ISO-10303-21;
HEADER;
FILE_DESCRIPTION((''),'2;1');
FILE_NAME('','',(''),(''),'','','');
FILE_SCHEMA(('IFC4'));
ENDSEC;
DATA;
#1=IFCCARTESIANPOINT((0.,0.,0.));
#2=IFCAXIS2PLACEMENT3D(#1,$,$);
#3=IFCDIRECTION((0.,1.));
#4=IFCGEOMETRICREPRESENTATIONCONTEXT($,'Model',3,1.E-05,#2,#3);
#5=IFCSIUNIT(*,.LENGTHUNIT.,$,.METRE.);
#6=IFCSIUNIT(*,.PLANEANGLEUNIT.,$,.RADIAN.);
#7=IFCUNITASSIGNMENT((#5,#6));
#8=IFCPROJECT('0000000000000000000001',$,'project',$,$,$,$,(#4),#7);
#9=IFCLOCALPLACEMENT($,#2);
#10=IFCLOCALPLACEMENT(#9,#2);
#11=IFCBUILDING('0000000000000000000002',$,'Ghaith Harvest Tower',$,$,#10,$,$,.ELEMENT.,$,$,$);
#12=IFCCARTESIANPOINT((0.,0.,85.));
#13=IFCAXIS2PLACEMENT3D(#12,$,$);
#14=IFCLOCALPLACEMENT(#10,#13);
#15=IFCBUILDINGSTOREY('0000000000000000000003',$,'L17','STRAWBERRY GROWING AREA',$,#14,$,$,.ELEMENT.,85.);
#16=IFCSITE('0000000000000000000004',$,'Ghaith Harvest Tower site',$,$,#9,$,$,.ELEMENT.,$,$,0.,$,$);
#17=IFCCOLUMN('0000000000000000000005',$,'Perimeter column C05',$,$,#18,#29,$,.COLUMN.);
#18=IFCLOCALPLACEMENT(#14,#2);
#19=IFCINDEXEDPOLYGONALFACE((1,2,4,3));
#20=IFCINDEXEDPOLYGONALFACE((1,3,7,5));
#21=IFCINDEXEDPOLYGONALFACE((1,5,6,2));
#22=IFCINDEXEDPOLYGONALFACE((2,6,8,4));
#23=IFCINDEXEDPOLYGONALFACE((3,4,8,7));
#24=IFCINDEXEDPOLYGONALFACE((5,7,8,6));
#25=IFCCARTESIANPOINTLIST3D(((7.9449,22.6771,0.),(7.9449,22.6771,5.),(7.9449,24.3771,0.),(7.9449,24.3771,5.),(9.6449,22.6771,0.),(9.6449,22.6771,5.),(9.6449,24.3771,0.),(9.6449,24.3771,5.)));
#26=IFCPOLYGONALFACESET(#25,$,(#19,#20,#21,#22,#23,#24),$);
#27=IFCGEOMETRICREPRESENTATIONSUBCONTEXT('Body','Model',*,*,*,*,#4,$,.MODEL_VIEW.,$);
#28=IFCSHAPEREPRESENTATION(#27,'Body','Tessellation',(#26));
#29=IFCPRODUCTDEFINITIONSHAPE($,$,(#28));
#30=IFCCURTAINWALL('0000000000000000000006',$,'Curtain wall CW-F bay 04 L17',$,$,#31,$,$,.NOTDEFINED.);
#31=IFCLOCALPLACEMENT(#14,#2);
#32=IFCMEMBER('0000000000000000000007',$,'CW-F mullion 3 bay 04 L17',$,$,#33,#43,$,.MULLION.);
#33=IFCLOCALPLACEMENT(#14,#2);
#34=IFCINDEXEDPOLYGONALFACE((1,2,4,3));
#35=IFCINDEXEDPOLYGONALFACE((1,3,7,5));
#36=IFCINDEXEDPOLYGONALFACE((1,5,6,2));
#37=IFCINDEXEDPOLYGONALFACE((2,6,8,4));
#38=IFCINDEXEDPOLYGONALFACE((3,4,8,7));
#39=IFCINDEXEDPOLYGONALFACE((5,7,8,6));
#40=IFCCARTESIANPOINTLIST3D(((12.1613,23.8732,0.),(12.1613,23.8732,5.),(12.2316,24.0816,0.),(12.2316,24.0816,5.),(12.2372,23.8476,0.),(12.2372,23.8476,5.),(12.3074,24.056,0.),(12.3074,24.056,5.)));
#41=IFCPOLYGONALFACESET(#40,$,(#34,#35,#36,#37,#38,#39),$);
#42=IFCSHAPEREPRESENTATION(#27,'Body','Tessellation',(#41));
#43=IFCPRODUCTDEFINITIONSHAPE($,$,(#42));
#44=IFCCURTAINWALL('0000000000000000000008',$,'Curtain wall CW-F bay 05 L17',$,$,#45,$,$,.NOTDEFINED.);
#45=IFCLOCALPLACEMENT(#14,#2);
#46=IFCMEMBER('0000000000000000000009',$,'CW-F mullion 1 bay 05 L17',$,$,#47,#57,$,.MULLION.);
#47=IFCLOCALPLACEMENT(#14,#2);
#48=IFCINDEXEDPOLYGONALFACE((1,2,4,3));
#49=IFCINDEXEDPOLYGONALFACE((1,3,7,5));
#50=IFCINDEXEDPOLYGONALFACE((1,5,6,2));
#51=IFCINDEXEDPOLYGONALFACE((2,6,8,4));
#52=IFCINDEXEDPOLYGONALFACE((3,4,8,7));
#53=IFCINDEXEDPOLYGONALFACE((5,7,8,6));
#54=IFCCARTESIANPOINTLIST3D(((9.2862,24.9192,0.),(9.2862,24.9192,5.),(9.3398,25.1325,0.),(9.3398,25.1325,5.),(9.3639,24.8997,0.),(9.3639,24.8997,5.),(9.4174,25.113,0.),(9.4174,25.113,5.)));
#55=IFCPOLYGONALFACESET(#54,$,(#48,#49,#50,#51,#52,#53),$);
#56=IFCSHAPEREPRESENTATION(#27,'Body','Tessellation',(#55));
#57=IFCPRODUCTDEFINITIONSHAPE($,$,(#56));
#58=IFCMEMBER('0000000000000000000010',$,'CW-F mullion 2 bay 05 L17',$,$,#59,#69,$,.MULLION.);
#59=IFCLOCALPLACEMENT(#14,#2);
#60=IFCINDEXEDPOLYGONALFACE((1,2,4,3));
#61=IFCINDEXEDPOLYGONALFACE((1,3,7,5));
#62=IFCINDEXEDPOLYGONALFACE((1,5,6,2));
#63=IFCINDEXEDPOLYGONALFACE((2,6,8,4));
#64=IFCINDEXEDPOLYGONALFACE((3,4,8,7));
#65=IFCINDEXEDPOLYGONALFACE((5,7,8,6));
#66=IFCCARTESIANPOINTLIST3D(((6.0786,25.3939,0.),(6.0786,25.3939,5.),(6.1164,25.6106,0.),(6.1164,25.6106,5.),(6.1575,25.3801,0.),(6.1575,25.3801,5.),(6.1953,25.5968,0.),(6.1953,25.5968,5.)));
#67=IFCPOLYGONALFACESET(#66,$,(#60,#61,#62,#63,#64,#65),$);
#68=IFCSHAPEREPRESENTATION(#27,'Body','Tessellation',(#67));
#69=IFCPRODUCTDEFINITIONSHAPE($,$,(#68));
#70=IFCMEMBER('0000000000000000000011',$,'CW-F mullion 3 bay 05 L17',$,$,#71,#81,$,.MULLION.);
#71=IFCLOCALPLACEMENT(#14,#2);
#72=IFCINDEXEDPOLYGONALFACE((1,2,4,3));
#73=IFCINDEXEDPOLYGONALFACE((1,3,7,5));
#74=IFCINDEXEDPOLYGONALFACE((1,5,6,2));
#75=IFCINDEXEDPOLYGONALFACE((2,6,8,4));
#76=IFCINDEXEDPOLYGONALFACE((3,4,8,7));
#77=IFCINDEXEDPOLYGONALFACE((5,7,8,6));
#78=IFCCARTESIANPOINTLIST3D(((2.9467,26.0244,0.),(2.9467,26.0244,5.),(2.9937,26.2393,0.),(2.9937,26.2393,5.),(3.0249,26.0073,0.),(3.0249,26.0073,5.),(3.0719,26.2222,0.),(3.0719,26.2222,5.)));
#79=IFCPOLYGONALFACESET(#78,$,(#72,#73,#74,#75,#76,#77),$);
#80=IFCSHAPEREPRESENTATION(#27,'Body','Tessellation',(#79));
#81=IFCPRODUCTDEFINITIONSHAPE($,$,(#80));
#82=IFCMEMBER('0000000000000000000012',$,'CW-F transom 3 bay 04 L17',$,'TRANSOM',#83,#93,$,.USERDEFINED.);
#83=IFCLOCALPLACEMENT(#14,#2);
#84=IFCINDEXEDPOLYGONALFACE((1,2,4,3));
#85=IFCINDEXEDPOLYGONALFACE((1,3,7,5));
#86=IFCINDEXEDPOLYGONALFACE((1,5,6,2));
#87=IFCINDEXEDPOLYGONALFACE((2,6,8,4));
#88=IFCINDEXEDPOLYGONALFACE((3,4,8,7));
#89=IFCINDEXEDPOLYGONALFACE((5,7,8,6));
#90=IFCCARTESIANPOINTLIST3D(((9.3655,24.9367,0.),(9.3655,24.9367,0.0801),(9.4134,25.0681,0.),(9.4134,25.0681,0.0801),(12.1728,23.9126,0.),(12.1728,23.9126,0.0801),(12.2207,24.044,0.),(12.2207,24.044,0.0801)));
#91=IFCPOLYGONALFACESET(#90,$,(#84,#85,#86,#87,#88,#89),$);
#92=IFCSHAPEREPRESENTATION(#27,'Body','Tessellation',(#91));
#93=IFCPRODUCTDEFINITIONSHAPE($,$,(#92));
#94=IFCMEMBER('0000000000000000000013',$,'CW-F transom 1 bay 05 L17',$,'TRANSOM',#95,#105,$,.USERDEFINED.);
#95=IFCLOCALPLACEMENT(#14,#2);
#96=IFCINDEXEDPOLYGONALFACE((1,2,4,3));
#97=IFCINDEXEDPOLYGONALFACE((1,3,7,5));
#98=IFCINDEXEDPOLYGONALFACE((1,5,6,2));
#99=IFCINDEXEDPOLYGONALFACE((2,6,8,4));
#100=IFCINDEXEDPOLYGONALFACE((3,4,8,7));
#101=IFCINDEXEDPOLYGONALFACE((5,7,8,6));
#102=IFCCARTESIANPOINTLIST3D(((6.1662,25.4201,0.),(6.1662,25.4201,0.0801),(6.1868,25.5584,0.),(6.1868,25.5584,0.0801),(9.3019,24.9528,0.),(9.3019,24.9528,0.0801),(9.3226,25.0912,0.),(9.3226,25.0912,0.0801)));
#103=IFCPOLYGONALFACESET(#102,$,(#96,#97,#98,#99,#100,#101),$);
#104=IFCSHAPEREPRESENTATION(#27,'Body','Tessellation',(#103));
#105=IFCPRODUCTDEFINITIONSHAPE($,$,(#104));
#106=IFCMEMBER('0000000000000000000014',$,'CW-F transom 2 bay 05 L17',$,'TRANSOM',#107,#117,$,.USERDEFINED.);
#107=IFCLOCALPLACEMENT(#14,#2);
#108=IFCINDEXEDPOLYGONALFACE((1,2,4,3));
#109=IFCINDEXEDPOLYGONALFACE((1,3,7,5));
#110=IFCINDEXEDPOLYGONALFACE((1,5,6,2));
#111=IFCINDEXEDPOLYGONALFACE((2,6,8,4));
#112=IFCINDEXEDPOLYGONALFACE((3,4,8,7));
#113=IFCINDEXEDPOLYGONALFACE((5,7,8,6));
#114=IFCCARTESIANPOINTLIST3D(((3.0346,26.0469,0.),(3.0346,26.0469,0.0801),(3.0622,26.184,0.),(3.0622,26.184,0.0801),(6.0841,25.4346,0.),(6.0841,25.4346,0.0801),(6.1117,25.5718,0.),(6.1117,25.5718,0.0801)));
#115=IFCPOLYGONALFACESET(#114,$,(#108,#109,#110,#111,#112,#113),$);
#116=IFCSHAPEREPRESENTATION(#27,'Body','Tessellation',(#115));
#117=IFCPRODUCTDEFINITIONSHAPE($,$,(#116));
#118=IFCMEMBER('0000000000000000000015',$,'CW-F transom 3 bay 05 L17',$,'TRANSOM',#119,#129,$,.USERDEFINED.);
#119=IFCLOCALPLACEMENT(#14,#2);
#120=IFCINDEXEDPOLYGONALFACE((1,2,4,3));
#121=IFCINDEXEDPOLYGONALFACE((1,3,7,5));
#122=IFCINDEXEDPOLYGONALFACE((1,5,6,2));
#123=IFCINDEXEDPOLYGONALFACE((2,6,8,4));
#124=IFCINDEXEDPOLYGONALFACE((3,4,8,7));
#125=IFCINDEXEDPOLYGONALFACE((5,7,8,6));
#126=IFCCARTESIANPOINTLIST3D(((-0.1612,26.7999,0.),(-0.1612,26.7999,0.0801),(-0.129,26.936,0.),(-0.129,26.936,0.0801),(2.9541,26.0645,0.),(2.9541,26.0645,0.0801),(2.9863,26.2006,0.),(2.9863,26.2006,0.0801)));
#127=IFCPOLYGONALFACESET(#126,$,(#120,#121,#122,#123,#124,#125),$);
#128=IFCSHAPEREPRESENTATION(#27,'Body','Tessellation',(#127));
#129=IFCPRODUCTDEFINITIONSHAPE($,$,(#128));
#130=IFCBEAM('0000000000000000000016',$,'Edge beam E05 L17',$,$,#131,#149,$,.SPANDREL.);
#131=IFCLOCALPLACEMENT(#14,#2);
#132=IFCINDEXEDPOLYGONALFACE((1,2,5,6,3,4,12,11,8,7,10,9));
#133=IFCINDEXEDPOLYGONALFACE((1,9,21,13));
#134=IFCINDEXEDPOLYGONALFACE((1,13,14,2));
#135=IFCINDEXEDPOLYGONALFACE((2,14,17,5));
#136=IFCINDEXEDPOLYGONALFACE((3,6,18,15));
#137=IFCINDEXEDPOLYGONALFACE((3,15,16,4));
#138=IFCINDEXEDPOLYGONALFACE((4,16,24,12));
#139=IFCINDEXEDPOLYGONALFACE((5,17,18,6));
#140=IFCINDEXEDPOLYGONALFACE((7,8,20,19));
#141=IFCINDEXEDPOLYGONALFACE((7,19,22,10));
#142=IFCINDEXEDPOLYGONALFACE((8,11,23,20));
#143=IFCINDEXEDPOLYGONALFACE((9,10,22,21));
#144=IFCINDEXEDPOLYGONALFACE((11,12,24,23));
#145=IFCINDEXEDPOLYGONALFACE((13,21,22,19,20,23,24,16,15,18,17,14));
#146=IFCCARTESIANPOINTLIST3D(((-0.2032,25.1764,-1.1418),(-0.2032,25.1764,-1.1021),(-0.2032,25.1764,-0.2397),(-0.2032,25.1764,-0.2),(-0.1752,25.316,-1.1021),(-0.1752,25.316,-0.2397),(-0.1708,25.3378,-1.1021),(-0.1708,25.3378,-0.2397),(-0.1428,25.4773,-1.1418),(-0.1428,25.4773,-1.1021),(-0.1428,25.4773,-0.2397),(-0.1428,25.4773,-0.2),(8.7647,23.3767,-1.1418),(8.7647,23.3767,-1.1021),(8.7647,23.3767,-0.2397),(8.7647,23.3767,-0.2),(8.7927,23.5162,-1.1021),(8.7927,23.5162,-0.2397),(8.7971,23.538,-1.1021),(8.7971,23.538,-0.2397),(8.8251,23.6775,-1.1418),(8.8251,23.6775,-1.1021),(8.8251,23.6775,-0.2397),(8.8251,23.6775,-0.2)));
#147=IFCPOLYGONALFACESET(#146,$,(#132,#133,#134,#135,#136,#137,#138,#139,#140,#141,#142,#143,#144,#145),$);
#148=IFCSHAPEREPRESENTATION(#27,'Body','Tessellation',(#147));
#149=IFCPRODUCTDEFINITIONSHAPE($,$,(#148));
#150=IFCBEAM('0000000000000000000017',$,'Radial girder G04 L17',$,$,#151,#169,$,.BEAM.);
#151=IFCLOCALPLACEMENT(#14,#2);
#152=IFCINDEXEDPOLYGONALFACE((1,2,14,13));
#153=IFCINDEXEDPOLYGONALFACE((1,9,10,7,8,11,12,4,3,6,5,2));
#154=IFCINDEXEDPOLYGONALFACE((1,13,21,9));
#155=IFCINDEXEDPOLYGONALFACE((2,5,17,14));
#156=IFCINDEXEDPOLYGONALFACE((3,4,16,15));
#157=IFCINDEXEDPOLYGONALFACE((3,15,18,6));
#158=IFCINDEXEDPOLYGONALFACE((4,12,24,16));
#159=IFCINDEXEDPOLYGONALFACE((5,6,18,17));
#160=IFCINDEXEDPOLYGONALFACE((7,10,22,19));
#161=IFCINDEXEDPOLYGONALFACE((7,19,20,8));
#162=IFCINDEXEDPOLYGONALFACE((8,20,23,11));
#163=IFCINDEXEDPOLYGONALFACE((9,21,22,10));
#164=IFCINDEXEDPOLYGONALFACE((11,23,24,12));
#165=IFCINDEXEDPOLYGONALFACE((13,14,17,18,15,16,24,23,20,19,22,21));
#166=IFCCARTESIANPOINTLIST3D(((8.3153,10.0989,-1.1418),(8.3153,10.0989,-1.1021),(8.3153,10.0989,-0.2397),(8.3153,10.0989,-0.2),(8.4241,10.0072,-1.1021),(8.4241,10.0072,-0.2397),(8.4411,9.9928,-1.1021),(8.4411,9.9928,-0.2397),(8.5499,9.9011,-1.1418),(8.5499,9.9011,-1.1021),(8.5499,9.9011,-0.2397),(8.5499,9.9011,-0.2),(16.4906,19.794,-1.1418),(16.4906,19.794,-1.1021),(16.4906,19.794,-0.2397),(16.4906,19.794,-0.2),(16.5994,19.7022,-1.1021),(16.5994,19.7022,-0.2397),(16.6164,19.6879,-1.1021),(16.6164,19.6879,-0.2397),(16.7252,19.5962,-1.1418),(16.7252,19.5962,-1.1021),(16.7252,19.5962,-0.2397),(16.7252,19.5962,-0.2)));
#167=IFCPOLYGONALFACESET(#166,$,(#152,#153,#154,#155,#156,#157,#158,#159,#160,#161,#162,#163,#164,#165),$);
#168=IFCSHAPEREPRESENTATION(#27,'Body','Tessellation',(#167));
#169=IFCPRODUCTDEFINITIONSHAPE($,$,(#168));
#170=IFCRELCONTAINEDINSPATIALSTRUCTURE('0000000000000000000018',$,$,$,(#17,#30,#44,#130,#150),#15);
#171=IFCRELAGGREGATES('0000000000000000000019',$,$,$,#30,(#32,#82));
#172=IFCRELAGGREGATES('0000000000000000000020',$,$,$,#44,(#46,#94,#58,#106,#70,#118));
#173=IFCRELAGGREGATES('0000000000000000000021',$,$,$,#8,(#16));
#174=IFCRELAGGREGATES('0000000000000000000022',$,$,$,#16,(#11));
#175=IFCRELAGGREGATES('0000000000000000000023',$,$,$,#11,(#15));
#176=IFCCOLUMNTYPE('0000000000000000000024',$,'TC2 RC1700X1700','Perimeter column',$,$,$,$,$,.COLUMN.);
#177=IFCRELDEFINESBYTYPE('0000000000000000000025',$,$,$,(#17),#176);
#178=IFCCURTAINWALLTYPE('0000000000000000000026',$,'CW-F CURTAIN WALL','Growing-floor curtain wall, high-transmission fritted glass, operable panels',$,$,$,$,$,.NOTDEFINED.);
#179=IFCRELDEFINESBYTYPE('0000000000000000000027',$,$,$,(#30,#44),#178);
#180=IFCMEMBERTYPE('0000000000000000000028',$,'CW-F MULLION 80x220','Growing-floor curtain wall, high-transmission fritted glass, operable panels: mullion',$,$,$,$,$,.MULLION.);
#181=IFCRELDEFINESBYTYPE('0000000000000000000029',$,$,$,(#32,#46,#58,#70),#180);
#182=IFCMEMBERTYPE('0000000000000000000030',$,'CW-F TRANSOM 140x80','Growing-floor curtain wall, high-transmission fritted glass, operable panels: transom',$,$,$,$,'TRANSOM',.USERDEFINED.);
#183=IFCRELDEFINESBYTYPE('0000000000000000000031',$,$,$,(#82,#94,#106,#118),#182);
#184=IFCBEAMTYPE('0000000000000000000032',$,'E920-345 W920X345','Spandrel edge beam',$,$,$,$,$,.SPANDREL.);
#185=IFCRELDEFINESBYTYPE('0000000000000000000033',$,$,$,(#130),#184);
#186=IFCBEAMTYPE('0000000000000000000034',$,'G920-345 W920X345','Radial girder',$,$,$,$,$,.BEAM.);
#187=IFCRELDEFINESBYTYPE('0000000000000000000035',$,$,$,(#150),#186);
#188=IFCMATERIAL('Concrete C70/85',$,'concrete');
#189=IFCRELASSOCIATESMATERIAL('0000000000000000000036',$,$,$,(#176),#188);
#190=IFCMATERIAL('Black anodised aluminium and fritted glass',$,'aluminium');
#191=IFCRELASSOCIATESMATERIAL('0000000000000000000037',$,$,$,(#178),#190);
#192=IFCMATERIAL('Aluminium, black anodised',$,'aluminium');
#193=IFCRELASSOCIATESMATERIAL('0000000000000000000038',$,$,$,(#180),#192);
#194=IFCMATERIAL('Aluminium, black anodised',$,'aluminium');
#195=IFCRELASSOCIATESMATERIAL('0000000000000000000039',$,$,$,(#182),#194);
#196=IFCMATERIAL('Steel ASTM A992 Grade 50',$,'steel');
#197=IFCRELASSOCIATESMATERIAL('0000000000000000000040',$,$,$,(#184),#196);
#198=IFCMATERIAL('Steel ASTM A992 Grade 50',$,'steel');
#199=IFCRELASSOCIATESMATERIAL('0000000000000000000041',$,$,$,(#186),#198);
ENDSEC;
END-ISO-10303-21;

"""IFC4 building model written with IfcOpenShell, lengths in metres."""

from ifc_helpers import new_model, si_unit, direction, frame, origin, origin_2d, place, context, subcontext, project, spatial, rectangle, i_section, extrude, material, material_profile, profile_set, type_object, element, aggregate, save


model = new_model("IFC4")

# Units and contexts
model_context = context("Model", 3, precision=1e-05, world=origin(), true_north=direction((0.0, 1.0)))
body_context = subcontext(model_context, "Body", "Model", "MODEL_VIEW")
ifc_project = project(units=[si_unit("LENGTHUNIT", "METRE"), si_unit("PLANEANGLEUNIT", "RADIAN")], contexts=[model_context])

# Site, building, storey
site_placement = place(None, origin())
site = spatial("IfcSite", under=ifc_project, at=site_placement, Name="Ghaith Harvest Tower site", CompositionType="ELEMENT", RefElevation=0.0)
building_placement = place(site_placement, origin())
building = spatial("IfcBuilding", under=site, at=building_placement, Name="Ghaith Harvest Tower", CompositionType="ELEMENT")
storey_placement = place(building_placement, frame((0.0, 0.0, 85.0)))
storey = spatial("IfcBuildingStorey", under=building, at=storey_placement, Name="L17", Description="STRAWBERRY GROWING AREA", CompositionType="ELEMENT", Elevation=85.0)

# Column
ifc_material_1 = material(Name="Concrete C70/85", Category="concrete")
ifc_material_profile_1 = material_profile(ifc_material_1, rectangle(XDim=1.7, YDim=1.7, at=origin_2d()), Name="RC1700X1700")
ifc_profile_set_1 = profile_set([ifc_material_profile_1], Name="Concrete C70/85")
column_type = type_object("IfcColumnType", Name="TC2 RC1700X1700", Description="Perimeter column", PredefinedType="COLUMN", material=ifc_profile_set_1)
column_placement = place(storey_placement, frame((8.7949, 23.5271, 0.0), z_axis=(0.0, 0.0, 1.0), x_axis=(1.0, 0.0, 0.0)))
element("IfcColumn", 1, at=column_placement, inside=storey, type_object=column_type, Name="Perimeter column C05", PredefinedType="COLUMN", context=body_context, shape_type="SweptSolid", body=[
    extrude(rectangle(XDim=1.7, YDim=1.7, at=origin_2d()), origin(), (0.0, 0.0, 1.0), 5.0),
])

# Curtain wall, member
ifc_material_2 = material(Name="Black anodised aluminium and fritted glass", Category="aluminium")
curtain_wall_type = type_object("IfcCurtainWallType", Name="CW-F CURTAIN WALL", Description="Growing-floor curtain wall, high-transmission fritted glass, operable panels", PredefinedType="NOTDEFINED", material=ifc_material_2)
curtain_wall_1_placement = place(storey_placement, origin())
curtain_wall_1 = element("IfcCurtainWall", 2, at=curtain_wall_1_placement, inside=storey, type_object=curtain_wall_type, Name="Curtain wall CW-F bay 04 L17", PredefinedType="NOTDEFINED")
ifc_material_3 = material(Name="Aluminium, black anodised", Category="aluminium")
ifc_material_profile_2 = material_profile(ifc_material_3, rectangle(XDim=0.0801, YDim=0.22, at=origin_2d()), Name="CW-F MULLION 80x220")
ifc_profile_set_2 = profile_set([ifc_material_profile_2], Name="Aluminium, black anodised")
member_type_1 = type_object("IfcMemberType", Name="CW-F MULLION 80x220", Description="Growing-floor curtain wall, high-transmission fritted glass, operable panels: mullion", PredefinedType="MULLION", material=ifc_profile_set_2)
member_1_placement = place(storey_placement, frame((12.2344, 23.9646, 0.0), z_axis=(0.0, 0.0, 1.0), x_axis=(-0.947653, 0.319301, 0.0)))
member_1 = element("IfcMember", 3, at=member_1_placement, type_object=member_type_1, Name="CW-F mullion 3 bay 04 L17", PredefinedType="MULLION", context=body_context, shape_type="SweptSolid", body=[
    extrude(rectangle(XDim=0.0801, YDim=0.22, at=origin_2d()), origin(), (0.0, 0.0, 1.0), 5.0),
])

# Curtain wall, members
curtain_wall_2_placement = place(storey_placement, origin())
curtain_wall_2 = element("IfcCurtainWall", 4, at=curtain_wall_2_placement, inside=storey, type_object=curtain_wall_type, Name="Curtain wall CW-F bay 05 L17", PredefinedType="NOTDEFINED")
member_2_placement = place(storey_placement, frame((9.3518, 25.0161, 0.0), z_axis=(0.0, 0.0, 1.0), x_axis=(-0.969903, 0.24349, 0.0)))
member_2 = element("IfcMember", 5, at=member_2_placement, type_object=member_type_1, Name="CW-F mullion 1 bay 05 L17", PredefinedType="MULLION", context=body_context, shape_type="SweptSolid", body=[
    extrude(rectangle(XDim=0.0801, YDim=0.22, at=origin_2d()), origin(), (0.0, 0.0, 1.0), 5.0),
])
member_3_placement = place(storey_placement, frame((6.137, 25.4954, 0.0), z_axis=(0.0, 0.0, 1.0), x_axis=(-0.985104, 0.171961, 0.0)))
member_3 = element("IfcMember", 6, at=member_3_placement, type_object=member_type_1, Name="CW-F mullion 2 bay 05 L17", PredefinedType="MULLION", context=body_context, shape_type="SweptSolid", body=[
    extrude(rectangle(XDim=0.0801, YDim=0.22, at=origin_2d()), origin(), (0.0, 0.0, 1.0), 5.0),
])
member_4_placement = place(storey_placement, frame((3.0093, 26.1233, 0.0), z_axis=(0.0, 0.0, 1.0), x_axis=(-0.976927, 0.213572, 0.0)))
member_4 = element("IfcMember", 7, at=member_4_placement, type_object=member_type_1, Name="CW-F mullion 3 bay 05 L17", PredefinedType="MULLION", context=body_context, shape_type="SweptSolid", body=[
    extrude(rectangle(XDim=0.0801, YDim=0.22, at=origin_2d()), origin(), (0.0, 0.0, 1.0), 5.0),
])

# Members
ifc_material_4 = material(Name="Aluminium, black anodised", Category="aluminium")
ifc_material_profile_3 = material_profile(ifc_material_4, rectangle(XDim=0.1399, YDim=0.0801, at=origin_2d()), Name="CW-F TRANSOM 140x80")
ifc_profile_set_3 = profile_set([ifc_material_profile_3], Name="Aluminium, black anodised")
member_type_2 = type_object("IfcMemberType", Name="CW-F TRANSOM 140x80", Description="Growing-floor curtain wall, high-transmission fritted glass, operable panels: transom", ElementType="TRANSOM", PredefinedType="USERDEFINED", material=ifc_profile_set_3)
member_5_placement = place(storey_placement, frame((12.1968, 23.9783, 0.04), z_axis=(-0.939438, 0.34272, 0.0), x_axis=(-0.34272, -0.939438, 0.0)))
member_5 = element("IfcMember", 8, at=member_5_placement, type_object=member_type_2, Name="CW-F transom 3 bay 04 L17", ObjectType="TRANSOM", PredefinedType="USERDEFINED", context=body_context, shape_type="SweptSolid", body=[
    extrude(rectangle(XDim=0.1399, YDim=0.0801, at=origin_2d()), origin(), (0.0, 0.0, 1.0), 2.9883),
])
member_6_placement = place(storey_placement, frame((9.3123, 25.022, 0.04), z_axis=(-0.989078, 0.147391, 0.0), x_axis=(-0.147391, -0.989078, 0.0)))
member_6 = element("IfcMember", 9, at=member_6_placement, type_object=member_type_2, Name="CW-F transom 1 bay 05 L17", ObjectType="TRANSOM", PredefinedType="USERDEFINED", context=body_context, shape_type="SweptSolid", body=[
    extrude(rectangle(XDim=0.1399, YDim=0.0801, at=origin_2d()), origin(), (0.0, 0.0, 1.0), 3.1704),
])
member_7_placement = place(storey_placement, frame((6.0979, 25.5032, 0.04), z_axis=(-0.980432, 0.196856, 0.0), x_axis=(-0.196856, -0.980432, 0.0)))
member_7 = element("IfcMember", 10, at=member_7_placement, type_object=member_type_2, Name="CW-F transom 2 bay 05 L17", ObjectType="TRANSOM", PredefinedType="USERDEFINED", context=body_context, shape_type="SweptSolid", body=[
    extrude(rectangle(XDim=0.1399, YDim=0.0801, at=origin_2d()), origin(), (0.0, 0.0, 1.0), 3.1104),
])
member_8_placement = place(storey_placement, frame((2.9702, 26.1326, 0.04), z_axis=(-0.973253, 0.229736, 0.0), x_axis=(-0.229736, -0.973253, 0.0)))
member_8 = element("IfcMember", 11, at=member_8_placement, type_object=member_type_2, Name="CW-F transom 3 bay 05 L17", ObjectType="TRANSOM", PredefinedType="USERDEFINED", context=body_context, shape_type="SweptSolid", body=[
    extrude(rectangle(XDim=0.1399, YDim=0.0801, at=origin_2d()), origin(), (0.0, 0.0, 1.0), 3.2009),
])

# Beams
ifc_material_5 = material(Name="Steel ASTM A992 Grade 50", Category="steel")
ifc_material_profile_4 = material_profile(ifc_material_5, i_section(OverallWidth=0.3069, OverallDepth=0.9419, WebThickness=0.0222, FlangeThickness=0.0398, at=origin_2d()), Name="W920X345")
ifc_profile_set_4 = profile_set([ifc_material_profile_4], Name="Steel ASTM A992 Grade 50")
beam_type_1 = type_object("IfcBeamType", Name="E920-345 W920X345", Description="Spandrel edge beam", PredefinedType="SPANDREL", material=ifc_profile_set_4)
beam_1_placement = place(storey_placement, frame((8.7949, 23.5271, -0.6709), z_axis=(-0.98045, 0.196768, 0.0), x_axis=(-0.196768, -0.98045, 0.0)))
element("IfcBeam", 12, at=beam_1_placement, inside=storey, type_object=beam_type_1, Name="Edge beam E05 L17", PredefinedType="SPANDREL", context=body_context, shape_type="SweptSolid", body=[
    extrude(i_section(OverallWidth=0.3069, OverallDepth=0.9419, WebThickness=0.0222, FlangeThickness=0.0398, at=origin_2d()), origin(), (0.0, 0.0, 1.0), 9.1467),
])
ifc_material_6 = material(Name="Steel ASTM A992 Grade 50", Category="steel")
ifc_material_profile_5 = material_profile(ifc_material_6, i_section(OverallWidth=0.3069, OverallDepth=0.9419, WebThickness=0.0222, FlangeThickness=0.0398, at=origin_2d()), Name="W920X345")
ifc_profile_set_5 = profile_set([ifc_material_profile_5], Name="Steel ASTM A992 Grade 50")
beam_type_2 = type_object("IfcBeamType", Name="G920-345 W920X345", Description="Radial girder", PredefinedType="BEAM", material=ifc_profile_set_5)
beam_2_placement = place(storey_placement, frame((8.4326, 10.0, -0.6709), z_axis=(0.644644, 0.764483, 0.0), x_axis=(-0.764483, 0.644644, 0.0)))
element("IfcBeam", 13, at=beam_2_placement, inside=storey, type_object=beam_type_2, Name="Radial girder G04 L17", PredefinedType="BEAM", context=body_context, shape_type="SweptSolid", body=[
    extrude(i_section(OverallWidth=0.3069, OverallDepth=0.9419, WebThickness=0.0222, FlangeThickness=0.0398, at=origin_2d()), origin(), (0.0, 0.0, 1.0), 12.6819),
])

aggregate(curtain_wall_1, [member_1, member_5])
aggregate(curtain_wall_2, [member_2, member_6, member_3, member_7, member_4, member_8])

save(model, "model.ifc")
